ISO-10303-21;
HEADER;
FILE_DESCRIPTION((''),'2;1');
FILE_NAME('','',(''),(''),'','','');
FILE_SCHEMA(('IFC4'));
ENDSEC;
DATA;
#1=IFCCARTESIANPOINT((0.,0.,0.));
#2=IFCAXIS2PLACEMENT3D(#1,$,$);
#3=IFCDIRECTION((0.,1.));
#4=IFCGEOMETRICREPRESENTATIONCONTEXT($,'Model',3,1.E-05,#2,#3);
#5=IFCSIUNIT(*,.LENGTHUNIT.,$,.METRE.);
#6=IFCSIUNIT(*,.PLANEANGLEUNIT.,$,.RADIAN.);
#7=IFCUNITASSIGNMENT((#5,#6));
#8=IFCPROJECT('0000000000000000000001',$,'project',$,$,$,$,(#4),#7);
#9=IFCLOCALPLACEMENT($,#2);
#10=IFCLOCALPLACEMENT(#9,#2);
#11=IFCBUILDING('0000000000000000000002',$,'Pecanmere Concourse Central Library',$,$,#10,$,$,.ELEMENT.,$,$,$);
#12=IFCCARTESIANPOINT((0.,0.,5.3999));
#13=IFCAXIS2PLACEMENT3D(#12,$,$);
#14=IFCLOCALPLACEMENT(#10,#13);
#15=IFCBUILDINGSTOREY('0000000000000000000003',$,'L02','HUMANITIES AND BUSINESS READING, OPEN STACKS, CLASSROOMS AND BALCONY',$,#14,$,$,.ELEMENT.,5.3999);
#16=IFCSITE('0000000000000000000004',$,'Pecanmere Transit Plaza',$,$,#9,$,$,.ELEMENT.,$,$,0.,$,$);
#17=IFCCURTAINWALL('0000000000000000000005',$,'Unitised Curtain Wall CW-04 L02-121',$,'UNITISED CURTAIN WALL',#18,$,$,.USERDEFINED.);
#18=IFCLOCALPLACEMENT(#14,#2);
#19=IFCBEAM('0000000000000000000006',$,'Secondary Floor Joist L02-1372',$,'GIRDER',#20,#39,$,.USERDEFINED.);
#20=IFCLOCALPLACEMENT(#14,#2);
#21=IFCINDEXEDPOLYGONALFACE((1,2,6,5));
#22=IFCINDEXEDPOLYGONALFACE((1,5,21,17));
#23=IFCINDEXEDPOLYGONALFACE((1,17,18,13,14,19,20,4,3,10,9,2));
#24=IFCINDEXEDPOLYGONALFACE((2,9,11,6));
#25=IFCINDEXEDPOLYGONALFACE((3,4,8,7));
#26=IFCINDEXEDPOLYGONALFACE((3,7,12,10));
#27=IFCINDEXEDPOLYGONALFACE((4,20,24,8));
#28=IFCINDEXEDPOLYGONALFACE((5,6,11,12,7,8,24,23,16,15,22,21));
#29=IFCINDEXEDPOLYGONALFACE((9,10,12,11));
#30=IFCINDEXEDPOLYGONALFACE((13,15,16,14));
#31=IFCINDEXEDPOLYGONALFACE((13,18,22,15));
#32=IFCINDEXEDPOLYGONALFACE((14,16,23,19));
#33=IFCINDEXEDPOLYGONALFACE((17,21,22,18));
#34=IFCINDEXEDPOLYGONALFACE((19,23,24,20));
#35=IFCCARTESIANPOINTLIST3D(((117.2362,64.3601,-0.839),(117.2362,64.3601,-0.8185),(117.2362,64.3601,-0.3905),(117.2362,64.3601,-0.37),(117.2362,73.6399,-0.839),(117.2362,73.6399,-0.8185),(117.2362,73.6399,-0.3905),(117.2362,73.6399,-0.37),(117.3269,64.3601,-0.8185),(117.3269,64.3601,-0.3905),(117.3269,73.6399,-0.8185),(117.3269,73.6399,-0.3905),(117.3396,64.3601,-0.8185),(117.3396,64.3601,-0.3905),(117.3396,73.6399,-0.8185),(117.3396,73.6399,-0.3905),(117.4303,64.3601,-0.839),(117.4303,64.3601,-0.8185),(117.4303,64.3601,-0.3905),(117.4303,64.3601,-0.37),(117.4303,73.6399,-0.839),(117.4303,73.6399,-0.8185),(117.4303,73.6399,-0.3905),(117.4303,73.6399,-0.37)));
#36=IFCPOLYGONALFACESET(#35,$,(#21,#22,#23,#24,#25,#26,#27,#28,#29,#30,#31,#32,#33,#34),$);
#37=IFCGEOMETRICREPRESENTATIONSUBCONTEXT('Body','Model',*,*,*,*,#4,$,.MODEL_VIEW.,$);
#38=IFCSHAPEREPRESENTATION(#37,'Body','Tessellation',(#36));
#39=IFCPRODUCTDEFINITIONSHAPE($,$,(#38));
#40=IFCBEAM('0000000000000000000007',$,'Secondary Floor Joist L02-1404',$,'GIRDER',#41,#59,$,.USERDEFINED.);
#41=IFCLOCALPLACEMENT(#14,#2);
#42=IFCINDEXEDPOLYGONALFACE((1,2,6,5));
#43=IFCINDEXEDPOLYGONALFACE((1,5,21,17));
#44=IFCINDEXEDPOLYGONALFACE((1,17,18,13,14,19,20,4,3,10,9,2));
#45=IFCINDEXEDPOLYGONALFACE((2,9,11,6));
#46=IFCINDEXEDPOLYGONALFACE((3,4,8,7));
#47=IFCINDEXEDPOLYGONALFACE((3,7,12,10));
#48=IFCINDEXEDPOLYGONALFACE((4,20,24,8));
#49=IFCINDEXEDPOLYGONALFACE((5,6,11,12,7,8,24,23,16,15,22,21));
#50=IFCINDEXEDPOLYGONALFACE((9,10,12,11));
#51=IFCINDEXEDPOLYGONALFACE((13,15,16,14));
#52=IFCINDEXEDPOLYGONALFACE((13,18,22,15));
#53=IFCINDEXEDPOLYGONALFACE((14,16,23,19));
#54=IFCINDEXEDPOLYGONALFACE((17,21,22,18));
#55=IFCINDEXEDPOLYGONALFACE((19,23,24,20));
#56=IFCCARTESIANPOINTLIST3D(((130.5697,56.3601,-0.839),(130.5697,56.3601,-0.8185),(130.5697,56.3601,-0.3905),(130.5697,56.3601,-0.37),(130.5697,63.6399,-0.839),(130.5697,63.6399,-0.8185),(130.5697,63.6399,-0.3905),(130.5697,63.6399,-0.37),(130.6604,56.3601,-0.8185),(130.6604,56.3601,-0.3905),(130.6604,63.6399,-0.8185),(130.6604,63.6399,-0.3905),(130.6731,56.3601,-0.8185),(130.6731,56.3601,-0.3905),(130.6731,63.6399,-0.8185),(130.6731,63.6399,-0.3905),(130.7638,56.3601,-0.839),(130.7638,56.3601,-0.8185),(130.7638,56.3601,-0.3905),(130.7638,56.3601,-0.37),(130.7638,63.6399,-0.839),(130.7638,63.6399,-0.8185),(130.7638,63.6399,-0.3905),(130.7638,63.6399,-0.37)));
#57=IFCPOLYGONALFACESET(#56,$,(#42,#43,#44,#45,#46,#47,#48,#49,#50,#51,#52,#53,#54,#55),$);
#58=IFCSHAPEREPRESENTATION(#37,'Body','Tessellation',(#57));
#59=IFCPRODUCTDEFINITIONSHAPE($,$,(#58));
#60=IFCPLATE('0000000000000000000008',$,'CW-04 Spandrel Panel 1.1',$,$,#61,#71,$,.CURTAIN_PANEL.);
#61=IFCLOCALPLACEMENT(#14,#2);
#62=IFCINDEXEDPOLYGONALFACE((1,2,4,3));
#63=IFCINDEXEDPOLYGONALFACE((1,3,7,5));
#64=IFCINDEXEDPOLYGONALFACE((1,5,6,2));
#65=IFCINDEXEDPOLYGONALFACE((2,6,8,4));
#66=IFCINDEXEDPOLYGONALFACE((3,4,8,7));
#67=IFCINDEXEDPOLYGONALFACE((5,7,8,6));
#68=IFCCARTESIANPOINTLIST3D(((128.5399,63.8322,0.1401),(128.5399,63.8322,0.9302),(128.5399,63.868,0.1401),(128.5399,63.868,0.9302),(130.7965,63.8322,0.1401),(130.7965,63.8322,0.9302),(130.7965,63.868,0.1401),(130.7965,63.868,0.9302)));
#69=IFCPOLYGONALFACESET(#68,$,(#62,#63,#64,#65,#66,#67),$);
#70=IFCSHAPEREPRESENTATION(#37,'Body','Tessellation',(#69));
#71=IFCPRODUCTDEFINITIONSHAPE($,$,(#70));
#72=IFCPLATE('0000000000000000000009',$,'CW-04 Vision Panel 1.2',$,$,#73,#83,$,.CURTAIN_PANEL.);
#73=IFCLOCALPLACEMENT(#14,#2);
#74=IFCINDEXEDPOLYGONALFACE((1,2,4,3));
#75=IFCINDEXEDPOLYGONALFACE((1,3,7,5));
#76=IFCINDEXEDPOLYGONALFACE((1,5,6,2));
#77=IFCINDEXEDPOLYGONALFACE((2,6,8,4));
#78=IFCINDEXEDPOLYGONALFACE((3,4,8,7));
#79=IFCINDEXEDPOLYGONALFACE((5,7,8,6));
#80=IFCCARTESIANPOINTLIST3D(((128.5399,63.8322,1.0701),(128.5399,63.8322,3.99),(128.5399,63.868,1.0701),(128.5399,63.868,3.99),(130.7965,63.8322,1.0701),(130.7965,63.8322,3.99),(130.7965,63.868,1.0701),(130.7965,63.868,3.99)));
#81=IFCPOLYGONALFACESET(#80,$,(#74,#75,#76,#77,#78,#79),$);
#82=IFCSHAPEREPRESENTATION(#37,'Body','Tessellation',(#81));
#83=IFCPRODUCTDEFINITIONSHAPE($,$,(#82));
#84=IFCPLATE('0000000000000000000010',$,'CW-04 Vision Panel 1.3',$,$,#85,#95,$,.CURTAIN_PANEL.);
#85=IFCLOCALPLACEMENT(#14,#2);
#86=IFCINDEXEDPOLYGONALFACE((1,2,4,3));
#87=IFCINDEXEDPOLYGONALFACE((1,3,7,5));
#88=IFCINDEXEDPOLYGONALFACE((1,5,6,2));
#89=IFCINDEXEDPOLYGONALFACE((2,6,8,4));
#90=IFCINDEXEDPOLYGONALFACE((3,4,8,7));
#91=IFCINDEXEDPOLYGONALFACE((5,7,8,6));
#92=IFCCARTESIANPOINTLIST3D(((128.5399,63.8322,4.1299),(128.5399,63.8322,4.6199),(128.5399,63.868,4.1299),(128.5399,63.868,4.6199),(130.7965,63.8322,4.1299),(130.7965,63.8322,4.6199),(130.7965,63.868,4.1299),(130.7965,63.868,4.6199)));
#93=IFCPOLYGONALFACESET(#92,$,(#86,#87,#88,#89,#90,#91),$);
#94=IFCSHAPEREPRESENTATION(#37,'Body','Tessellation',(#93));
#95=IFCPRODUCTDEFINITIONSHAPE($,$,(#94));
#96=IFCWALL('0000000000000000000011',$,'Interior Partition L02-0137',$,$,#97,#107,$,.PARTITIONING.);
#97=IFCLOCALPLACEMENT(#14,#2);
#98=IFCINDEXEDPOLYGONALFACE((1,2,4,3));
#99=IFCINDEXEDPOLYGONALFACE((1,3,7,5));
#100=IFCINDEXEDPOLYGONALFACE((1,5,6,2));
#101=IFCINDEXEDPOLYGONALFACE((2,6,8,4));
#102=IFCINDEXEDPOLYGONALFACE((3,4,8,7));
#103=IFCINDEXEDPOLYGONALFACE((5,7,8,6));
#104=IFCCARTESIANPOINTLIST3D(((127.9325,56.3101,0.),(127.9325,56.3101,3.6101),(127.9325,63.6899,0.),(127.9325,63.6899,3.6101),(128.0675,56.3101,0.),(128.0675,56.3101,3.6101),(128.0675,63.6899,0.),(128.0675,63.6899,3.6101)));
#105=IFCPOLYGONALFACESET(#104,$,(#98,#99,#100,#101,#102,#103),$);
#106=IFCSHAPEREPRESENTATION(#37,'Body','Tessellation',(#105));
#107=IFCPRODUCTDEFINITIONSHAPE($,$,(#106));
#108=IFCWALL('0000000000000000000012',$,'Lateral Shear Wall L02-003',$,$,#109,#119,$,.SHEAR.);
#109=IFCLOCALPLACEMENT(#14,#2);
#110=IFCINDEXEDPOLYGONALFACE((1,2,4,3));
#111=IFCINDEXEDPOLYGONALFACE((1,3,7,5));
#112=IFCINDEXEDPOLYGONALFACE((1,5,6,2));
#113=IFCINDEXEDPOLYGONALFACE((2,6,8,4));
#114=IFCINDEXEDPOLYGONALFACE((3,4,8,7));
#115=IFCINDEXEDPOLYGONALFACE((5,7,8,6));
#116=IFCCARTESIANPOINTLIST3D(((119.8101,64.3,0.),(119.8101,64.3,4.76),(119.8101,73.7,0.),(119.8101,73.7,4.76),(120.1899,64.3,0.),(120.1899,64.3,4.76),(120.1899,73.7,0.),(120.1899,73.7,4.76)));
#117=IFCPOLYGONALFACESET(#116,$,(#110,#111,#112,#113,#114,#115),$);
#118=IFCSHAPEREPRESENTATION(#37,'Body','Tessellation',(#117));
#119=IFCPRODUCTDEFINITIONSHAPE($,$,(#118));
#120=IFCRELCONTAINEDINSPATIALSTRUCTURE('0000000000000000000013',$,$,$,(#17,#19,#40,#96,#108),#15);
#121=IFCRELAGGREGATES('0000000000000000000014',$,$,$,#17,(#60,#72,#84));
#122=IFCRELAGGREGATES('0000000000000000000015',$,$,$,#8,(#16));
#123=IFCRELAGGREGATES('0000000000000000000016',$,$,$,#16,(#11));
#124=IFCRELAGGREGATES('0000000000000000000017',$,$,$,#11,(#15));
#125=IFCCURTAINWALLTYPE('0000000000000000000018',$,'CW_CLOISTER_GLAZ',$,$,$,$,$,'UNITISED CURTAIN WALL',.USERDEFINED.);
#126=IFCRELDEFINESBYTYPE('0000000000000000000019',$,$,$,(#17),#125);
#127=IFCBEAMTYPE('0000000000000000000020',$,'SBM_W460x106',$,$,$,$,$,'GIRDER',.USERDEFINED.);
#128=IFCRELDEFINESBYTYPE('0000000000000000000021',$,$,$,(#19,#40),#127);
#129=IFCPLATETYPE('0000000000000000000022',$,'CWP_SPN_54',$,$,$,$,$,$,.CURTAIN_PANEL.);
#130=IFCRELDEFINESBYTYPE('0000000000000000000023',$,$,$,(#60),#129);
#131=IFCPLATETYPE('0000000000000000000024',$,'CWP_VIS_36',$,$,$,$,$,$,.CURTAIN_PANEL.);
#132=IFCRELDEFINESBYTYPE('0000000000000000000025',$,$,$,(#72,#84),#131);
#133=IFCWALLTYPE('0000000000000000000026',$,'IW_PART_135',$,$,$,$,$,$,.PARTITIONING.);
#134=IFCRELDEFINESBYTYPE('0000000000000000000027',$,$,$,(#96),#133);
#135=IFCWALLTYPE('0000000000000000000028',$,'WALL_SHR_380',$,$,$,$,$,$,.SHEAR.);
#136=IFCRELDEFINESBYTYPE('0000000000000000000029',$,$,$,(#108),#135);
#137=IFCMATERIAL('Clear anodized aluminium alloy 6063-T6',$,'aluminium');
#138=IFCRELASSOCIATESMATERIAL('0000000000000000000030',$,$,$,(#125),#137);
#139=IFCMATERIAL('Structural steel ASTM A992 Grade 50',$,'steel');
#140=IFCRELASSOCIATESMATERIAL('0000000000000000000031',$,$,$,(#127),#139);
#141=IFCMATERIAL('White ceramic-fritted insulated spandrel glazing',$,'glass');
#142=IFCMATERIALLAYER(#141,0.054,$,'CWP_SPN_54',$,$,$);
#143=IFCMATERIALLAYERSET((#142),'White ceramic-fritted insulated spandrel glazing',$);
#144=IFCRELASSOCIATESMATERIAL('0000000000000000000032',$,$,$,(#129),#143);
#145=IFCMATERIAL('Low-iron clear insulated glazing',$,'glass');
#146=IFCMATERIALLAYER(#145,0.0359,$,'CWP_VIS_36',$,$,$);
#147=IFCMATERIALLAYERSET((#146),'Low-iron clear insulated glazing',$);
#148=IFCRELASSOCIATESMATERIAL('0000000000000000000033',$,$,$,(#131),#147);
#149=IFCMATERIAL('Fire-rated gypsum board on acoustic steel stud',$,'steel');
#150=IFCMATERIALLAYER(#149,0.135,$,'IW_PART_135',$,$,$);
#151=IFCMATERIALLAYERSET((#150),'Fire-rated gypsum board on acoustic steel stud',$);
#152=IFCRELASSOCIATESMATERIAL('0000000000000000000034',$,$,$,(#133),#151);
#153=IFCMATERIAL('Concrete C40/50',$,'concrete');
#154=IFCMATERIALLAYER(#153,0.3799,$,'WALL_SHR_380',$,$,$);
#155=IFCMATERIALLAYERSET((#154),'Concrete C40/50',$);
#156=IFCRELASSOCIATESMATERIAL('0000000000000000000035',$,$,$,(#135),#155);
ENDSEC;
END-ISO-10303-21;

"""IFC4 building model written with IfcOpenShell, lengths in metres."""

from ifc_helpers import new_model, si_unit, direction, frame, frame_2d, origin, origin_2d, place, context, subcontext, project, spatial, rectangle, i_section, extrude, material, layer, layer_set, material_profile, profile_set, type_object, element, aggregate, save


model = new_model("IFC4")

# Units and contexts
model_context = context("Model", 3, precision=1e-05, world=origin(), true_north=direction((0.0, 1.0)))
body_context = subcontext(model_context, "Body", "Model", "MODEL_VIEW")
ifc_project = project(units=[si_unit("LENGTHUNIT", "METRE"), si_unit("PLANEANGLEUNIT", "RADIAN")], contexts=[model_context])

# Site, building, storey
site_placement = place(None, origin())
site = spatial("IfcSite", under=ifc_project, at=site_placement, Name="Pecanmere Transit Plaza", CompositionType="ELEMENT", RefElevation=0.0)
building_placement = place(site_placement, origin())
building = spatial("IfcBuilding", under=site, at=building_placement, Name="Pecanmere Concourse Central Library", CompositionType="ELEMENT")
storey_placement = place(building_placement, frame((0.0, 0.0, 5.3999)))
storey = spatial("IfcBuildingStorey", under=building, at=storey_placement, Name="L02", Description="HUMANITIES AND BUSINESS READING, OPEN STACKS, CLASSROOMS AND BALCONY", CompositionType="ELEMENT", Elevation=5.3999)

# Curtain wall
ifc_material_1 = material(Name="Clear anodized aluminium alloy 6063-T6", Category="aluminium")
curtain_wall_type = type_object("IfcCurtainWallType", Name="CW_CLOISTER_GLAZ", ElementType="UNITISED CURTAIN WALL", PredefinedType="USERDEFINED", material=ifc_material_1)
curtain_wall_placement = place(storey_placement, origin())
curtain_wall = element("IfcCurtainWall", 1, at=curtain_wall_placement, inside=storey, type_object=curtain_wall_type, Name="Unitised Curtain Wall CW-04 L02-121", ObjectType="UNITISED CURTAIN WALL", PredefinedType="USERDEFINED")

# Beams
ifc_material_2 = material(Name="Structural steel ASTM A992 Grade 50", Category="steel")
ifc_material_profile_1 = material_profile(ifc_material_2, i_section(OverallWidth=0.1941, OverallDepth=0.469, WebThickness=0.0127, FlangeThickness=0.0205, at=origin_2d()), Name="W460x106")
ifc_profile_set_1 = profile_set([ifc_material_profile_1], Name="Structural steel ASTM A992 Grade 50")
beam_type_1 = type_object("IfcBeamType", Name="SBM_W460x106", ElementType="GIRDER", PredefinedType="USERDEFINED", material=ifc_profile_set_1)
beam_1_placement = place(storey_placement, frame((117.3333, 64.3601, -0.6045), z_axis=(0.0, 1.0, 0.0), x_axis=(-1.0, 0.0, 0.0)))
element("IfcBeam", 2, at=beam_1_placement, inside=storey, type_object=beam_type_1, Name="Secondary Floor Joist L02-1372", ObjectType="GIRDER", PredefinedType="USERDEFINED", context=body_context, shape_type="SweptSolid", body=[
    extrude(i_section(OverallWidth=0.1941, OverallDepth=0.469, WebThickness=0.0127, FlangeThickness=0.0205, at=origin_2d()), origin(), (0.0, 0.0, 1.0), 9.2798),
])
beam_2_placement = place(storey_placement, frame((130.6667, 56.3601, -0.6045), z_axis=(0.0, 1.0, 0.0), x_axis=(-1.0, 0.0, 0.0)))
element("IfcBeam", 3, at=beam_2_placement, inside=storey, type_object=beam_type_1, Name="Secondary Floor Joist L02-1404", ObjectType="GIRDER", PredefinedType="USERDEFINED", context=body_context, shape_type="SweptSolid", body=[
    extrude(i_section(OverallWidth=0.1941, OverallDepth=0.469, WebThickness=0.0127, FlangeThickness=0.0205, at=origin_2d()), origin(), (0.0, 0.0, 1.0), 7.2798),
])

# Plates
ifc_material_3 = material(Name="White ceramic-fritted insulated spandrel glazing", Category="glass")
ifc_layer_1 = layer(ifc_material_3, 0.054, Name="CWP_SPN_54")
ifc_layer_set_1 = layer_set([ifc_layer_1], Name="White ceramic-fritted insulated spandrel glazing")
plate_type_1 = type_object("IfcPlateType", Name="CWP_SPN_54", PredefinedType="CURTAIN_PANEL", material=ifc_layer_set_1)
plate_1_placement = place(storey_placement, frame((129.6682, 63.8501, 0.1401), z_axis=(0.0, 0.0, 1.0), x_axis=(1.0, 0.0, 0.0)))
plate_1 = element("IfcPlate", 4, at=plate_1_placement, type_object=plate_type_1, Name="CW-04 Spandrel Panel 1.1", PredefinedType="CURTAIN_PANEL", context=body_context, shape_type="SweptSolid", body=[
    extrude(rectangle(XDim=2.2566, YDim=0.0359, at=origin_2d()), origin(), (0.0, 0.0, 1.0), 0.79),
])
ifc_material_4 = material(Name="Low-iron clear insulated glazing", Category="glass")
ifc_layer_2 = layer(ifc_material_4, 0.0359, Name="CWP_VIS_36")
ifc_layer_set_2 = layer_set([ifc_layer_2], Name="Low-iron clear insulated glazing")
plate_type_2 = type_object("IfcPlateType", Name="CWP_VIS_36", PredefinedType="CURTAIN_PANEL", material=ifc_layer_set_2)
plate_2_placement = place(storey_placement, frame((129.6682, 63.8501, 1.0701), z_axis=(0.0, 0.0, 1.0), x_axis=(1.0, 0.0, 0.0)))
plate_2 = element("IfcPlate", 5, at=plate_2_placement, type_object=plate_type_2, Name="CW-04 Vision Panel 1.2", PredefinedType="CURTAIN_PANEL", context=body_context, shape_type="SweptSolid", body=[
    extrude(rectangle(XDim=2.2566, YDim=0.0359, at=origin_2d()), origin(), (0.0, 0.0, 1.0), 2.9199),
])
plate_3_placement = place(storey_placement, frame((129.6682, 63.8501, 4.1299), z_axis=(0.0, 0.0, 1.0), x_axis=(1.0, 0.0, 0.0)))
plate_3 = element("IfcPlate", 6, at=plate_3_placement, type_object=plate_type_2, Name="CW-04 Vision Panel 1.3", PredefinedType="CURTAIN_PANEL", context=body_context, shape_type="SweptSolid", body=[
    extrude(rectangle(XDim=2.2566, YDim=0.0359, at=origin_2d()), origin(), (0.0, 0.0, 1.0), 0.49),
])
aggregate(curtain_wall, [plate_1, plate_2, plate_3])

# Walls
ifc_material_5 = material(Name="Fire-rated gypsum board on acoustic steel stud", Category="steel")
ifc_layer_3 = layer(ifc_material_5, 0.135, Name="IW_PART_135")
ifc_layer_set_3 = layer_set([ifc_layer_3], Name="Fire-rated gypsum board on acoustic steel stud")
wall_type_1 = type_object("IfcWallType", Name="IW_PART_135", PredefinedType="PARTITIONING", material=ifc_layer_set_3)
wall_1_placement = place(storey_placement, frame((128.0, 56.3101, 0.0), z_axis=(0.0, 0.0, 1.0), x_axis=(0.0, 1.0, 0.0)))
element("IfcWall", 7, at=wall_1_placement, inside=storey, type_object=wall_type_1, Name="Interior Partition L02-0137", PredefinedType="PARTITIONING", context=body_context, shape_type="SweptSolid", body=[
    extrude(rectangle(XDim=7.3799, YDim=0.135, at=frame_2d((3.6899, 0.0))), origin(), (0.0, 0.0, 1.0), 3.6101),
])
ifc_material_6 = material(Name="Concrete C40/50", Category="concrete")
ifc_layer_4 = layer(ifc_material_6, 0.3799, Name="WALL_SHR_380")
ifc_layer_set_4 = layer_set([ifc_layer_4], Name="Concrete C40/50")
wall_type_2 = type_object("IfcWallType", Name="WALL_SHR_380", PredefinedType="SHEAR", material=ifc_layer_set_4)
wall_2_placement = place(storey_placement, frame((120.0, 64.3, 0.0), z_axis=(0.0, 0.0, 1.0), x_axis=(0.0, 1.0, 0.0)))
element("IfcWall", 8, at=wall_2_placement, inside=storey, type_object=wall_type_2, Name="Lateral Shear Wall L02-003", PredefinedType="SHEAR", context=body_context, shape_type="SweptSolid", body=[
    extrude(rectangle(XDim=9.3999, YDim=0.3799, at=frame_2d((4.7, 0.0))), origin(), (0.0, 0.0, 1.0), 4.76),
])

save(model, "model.ifc")
